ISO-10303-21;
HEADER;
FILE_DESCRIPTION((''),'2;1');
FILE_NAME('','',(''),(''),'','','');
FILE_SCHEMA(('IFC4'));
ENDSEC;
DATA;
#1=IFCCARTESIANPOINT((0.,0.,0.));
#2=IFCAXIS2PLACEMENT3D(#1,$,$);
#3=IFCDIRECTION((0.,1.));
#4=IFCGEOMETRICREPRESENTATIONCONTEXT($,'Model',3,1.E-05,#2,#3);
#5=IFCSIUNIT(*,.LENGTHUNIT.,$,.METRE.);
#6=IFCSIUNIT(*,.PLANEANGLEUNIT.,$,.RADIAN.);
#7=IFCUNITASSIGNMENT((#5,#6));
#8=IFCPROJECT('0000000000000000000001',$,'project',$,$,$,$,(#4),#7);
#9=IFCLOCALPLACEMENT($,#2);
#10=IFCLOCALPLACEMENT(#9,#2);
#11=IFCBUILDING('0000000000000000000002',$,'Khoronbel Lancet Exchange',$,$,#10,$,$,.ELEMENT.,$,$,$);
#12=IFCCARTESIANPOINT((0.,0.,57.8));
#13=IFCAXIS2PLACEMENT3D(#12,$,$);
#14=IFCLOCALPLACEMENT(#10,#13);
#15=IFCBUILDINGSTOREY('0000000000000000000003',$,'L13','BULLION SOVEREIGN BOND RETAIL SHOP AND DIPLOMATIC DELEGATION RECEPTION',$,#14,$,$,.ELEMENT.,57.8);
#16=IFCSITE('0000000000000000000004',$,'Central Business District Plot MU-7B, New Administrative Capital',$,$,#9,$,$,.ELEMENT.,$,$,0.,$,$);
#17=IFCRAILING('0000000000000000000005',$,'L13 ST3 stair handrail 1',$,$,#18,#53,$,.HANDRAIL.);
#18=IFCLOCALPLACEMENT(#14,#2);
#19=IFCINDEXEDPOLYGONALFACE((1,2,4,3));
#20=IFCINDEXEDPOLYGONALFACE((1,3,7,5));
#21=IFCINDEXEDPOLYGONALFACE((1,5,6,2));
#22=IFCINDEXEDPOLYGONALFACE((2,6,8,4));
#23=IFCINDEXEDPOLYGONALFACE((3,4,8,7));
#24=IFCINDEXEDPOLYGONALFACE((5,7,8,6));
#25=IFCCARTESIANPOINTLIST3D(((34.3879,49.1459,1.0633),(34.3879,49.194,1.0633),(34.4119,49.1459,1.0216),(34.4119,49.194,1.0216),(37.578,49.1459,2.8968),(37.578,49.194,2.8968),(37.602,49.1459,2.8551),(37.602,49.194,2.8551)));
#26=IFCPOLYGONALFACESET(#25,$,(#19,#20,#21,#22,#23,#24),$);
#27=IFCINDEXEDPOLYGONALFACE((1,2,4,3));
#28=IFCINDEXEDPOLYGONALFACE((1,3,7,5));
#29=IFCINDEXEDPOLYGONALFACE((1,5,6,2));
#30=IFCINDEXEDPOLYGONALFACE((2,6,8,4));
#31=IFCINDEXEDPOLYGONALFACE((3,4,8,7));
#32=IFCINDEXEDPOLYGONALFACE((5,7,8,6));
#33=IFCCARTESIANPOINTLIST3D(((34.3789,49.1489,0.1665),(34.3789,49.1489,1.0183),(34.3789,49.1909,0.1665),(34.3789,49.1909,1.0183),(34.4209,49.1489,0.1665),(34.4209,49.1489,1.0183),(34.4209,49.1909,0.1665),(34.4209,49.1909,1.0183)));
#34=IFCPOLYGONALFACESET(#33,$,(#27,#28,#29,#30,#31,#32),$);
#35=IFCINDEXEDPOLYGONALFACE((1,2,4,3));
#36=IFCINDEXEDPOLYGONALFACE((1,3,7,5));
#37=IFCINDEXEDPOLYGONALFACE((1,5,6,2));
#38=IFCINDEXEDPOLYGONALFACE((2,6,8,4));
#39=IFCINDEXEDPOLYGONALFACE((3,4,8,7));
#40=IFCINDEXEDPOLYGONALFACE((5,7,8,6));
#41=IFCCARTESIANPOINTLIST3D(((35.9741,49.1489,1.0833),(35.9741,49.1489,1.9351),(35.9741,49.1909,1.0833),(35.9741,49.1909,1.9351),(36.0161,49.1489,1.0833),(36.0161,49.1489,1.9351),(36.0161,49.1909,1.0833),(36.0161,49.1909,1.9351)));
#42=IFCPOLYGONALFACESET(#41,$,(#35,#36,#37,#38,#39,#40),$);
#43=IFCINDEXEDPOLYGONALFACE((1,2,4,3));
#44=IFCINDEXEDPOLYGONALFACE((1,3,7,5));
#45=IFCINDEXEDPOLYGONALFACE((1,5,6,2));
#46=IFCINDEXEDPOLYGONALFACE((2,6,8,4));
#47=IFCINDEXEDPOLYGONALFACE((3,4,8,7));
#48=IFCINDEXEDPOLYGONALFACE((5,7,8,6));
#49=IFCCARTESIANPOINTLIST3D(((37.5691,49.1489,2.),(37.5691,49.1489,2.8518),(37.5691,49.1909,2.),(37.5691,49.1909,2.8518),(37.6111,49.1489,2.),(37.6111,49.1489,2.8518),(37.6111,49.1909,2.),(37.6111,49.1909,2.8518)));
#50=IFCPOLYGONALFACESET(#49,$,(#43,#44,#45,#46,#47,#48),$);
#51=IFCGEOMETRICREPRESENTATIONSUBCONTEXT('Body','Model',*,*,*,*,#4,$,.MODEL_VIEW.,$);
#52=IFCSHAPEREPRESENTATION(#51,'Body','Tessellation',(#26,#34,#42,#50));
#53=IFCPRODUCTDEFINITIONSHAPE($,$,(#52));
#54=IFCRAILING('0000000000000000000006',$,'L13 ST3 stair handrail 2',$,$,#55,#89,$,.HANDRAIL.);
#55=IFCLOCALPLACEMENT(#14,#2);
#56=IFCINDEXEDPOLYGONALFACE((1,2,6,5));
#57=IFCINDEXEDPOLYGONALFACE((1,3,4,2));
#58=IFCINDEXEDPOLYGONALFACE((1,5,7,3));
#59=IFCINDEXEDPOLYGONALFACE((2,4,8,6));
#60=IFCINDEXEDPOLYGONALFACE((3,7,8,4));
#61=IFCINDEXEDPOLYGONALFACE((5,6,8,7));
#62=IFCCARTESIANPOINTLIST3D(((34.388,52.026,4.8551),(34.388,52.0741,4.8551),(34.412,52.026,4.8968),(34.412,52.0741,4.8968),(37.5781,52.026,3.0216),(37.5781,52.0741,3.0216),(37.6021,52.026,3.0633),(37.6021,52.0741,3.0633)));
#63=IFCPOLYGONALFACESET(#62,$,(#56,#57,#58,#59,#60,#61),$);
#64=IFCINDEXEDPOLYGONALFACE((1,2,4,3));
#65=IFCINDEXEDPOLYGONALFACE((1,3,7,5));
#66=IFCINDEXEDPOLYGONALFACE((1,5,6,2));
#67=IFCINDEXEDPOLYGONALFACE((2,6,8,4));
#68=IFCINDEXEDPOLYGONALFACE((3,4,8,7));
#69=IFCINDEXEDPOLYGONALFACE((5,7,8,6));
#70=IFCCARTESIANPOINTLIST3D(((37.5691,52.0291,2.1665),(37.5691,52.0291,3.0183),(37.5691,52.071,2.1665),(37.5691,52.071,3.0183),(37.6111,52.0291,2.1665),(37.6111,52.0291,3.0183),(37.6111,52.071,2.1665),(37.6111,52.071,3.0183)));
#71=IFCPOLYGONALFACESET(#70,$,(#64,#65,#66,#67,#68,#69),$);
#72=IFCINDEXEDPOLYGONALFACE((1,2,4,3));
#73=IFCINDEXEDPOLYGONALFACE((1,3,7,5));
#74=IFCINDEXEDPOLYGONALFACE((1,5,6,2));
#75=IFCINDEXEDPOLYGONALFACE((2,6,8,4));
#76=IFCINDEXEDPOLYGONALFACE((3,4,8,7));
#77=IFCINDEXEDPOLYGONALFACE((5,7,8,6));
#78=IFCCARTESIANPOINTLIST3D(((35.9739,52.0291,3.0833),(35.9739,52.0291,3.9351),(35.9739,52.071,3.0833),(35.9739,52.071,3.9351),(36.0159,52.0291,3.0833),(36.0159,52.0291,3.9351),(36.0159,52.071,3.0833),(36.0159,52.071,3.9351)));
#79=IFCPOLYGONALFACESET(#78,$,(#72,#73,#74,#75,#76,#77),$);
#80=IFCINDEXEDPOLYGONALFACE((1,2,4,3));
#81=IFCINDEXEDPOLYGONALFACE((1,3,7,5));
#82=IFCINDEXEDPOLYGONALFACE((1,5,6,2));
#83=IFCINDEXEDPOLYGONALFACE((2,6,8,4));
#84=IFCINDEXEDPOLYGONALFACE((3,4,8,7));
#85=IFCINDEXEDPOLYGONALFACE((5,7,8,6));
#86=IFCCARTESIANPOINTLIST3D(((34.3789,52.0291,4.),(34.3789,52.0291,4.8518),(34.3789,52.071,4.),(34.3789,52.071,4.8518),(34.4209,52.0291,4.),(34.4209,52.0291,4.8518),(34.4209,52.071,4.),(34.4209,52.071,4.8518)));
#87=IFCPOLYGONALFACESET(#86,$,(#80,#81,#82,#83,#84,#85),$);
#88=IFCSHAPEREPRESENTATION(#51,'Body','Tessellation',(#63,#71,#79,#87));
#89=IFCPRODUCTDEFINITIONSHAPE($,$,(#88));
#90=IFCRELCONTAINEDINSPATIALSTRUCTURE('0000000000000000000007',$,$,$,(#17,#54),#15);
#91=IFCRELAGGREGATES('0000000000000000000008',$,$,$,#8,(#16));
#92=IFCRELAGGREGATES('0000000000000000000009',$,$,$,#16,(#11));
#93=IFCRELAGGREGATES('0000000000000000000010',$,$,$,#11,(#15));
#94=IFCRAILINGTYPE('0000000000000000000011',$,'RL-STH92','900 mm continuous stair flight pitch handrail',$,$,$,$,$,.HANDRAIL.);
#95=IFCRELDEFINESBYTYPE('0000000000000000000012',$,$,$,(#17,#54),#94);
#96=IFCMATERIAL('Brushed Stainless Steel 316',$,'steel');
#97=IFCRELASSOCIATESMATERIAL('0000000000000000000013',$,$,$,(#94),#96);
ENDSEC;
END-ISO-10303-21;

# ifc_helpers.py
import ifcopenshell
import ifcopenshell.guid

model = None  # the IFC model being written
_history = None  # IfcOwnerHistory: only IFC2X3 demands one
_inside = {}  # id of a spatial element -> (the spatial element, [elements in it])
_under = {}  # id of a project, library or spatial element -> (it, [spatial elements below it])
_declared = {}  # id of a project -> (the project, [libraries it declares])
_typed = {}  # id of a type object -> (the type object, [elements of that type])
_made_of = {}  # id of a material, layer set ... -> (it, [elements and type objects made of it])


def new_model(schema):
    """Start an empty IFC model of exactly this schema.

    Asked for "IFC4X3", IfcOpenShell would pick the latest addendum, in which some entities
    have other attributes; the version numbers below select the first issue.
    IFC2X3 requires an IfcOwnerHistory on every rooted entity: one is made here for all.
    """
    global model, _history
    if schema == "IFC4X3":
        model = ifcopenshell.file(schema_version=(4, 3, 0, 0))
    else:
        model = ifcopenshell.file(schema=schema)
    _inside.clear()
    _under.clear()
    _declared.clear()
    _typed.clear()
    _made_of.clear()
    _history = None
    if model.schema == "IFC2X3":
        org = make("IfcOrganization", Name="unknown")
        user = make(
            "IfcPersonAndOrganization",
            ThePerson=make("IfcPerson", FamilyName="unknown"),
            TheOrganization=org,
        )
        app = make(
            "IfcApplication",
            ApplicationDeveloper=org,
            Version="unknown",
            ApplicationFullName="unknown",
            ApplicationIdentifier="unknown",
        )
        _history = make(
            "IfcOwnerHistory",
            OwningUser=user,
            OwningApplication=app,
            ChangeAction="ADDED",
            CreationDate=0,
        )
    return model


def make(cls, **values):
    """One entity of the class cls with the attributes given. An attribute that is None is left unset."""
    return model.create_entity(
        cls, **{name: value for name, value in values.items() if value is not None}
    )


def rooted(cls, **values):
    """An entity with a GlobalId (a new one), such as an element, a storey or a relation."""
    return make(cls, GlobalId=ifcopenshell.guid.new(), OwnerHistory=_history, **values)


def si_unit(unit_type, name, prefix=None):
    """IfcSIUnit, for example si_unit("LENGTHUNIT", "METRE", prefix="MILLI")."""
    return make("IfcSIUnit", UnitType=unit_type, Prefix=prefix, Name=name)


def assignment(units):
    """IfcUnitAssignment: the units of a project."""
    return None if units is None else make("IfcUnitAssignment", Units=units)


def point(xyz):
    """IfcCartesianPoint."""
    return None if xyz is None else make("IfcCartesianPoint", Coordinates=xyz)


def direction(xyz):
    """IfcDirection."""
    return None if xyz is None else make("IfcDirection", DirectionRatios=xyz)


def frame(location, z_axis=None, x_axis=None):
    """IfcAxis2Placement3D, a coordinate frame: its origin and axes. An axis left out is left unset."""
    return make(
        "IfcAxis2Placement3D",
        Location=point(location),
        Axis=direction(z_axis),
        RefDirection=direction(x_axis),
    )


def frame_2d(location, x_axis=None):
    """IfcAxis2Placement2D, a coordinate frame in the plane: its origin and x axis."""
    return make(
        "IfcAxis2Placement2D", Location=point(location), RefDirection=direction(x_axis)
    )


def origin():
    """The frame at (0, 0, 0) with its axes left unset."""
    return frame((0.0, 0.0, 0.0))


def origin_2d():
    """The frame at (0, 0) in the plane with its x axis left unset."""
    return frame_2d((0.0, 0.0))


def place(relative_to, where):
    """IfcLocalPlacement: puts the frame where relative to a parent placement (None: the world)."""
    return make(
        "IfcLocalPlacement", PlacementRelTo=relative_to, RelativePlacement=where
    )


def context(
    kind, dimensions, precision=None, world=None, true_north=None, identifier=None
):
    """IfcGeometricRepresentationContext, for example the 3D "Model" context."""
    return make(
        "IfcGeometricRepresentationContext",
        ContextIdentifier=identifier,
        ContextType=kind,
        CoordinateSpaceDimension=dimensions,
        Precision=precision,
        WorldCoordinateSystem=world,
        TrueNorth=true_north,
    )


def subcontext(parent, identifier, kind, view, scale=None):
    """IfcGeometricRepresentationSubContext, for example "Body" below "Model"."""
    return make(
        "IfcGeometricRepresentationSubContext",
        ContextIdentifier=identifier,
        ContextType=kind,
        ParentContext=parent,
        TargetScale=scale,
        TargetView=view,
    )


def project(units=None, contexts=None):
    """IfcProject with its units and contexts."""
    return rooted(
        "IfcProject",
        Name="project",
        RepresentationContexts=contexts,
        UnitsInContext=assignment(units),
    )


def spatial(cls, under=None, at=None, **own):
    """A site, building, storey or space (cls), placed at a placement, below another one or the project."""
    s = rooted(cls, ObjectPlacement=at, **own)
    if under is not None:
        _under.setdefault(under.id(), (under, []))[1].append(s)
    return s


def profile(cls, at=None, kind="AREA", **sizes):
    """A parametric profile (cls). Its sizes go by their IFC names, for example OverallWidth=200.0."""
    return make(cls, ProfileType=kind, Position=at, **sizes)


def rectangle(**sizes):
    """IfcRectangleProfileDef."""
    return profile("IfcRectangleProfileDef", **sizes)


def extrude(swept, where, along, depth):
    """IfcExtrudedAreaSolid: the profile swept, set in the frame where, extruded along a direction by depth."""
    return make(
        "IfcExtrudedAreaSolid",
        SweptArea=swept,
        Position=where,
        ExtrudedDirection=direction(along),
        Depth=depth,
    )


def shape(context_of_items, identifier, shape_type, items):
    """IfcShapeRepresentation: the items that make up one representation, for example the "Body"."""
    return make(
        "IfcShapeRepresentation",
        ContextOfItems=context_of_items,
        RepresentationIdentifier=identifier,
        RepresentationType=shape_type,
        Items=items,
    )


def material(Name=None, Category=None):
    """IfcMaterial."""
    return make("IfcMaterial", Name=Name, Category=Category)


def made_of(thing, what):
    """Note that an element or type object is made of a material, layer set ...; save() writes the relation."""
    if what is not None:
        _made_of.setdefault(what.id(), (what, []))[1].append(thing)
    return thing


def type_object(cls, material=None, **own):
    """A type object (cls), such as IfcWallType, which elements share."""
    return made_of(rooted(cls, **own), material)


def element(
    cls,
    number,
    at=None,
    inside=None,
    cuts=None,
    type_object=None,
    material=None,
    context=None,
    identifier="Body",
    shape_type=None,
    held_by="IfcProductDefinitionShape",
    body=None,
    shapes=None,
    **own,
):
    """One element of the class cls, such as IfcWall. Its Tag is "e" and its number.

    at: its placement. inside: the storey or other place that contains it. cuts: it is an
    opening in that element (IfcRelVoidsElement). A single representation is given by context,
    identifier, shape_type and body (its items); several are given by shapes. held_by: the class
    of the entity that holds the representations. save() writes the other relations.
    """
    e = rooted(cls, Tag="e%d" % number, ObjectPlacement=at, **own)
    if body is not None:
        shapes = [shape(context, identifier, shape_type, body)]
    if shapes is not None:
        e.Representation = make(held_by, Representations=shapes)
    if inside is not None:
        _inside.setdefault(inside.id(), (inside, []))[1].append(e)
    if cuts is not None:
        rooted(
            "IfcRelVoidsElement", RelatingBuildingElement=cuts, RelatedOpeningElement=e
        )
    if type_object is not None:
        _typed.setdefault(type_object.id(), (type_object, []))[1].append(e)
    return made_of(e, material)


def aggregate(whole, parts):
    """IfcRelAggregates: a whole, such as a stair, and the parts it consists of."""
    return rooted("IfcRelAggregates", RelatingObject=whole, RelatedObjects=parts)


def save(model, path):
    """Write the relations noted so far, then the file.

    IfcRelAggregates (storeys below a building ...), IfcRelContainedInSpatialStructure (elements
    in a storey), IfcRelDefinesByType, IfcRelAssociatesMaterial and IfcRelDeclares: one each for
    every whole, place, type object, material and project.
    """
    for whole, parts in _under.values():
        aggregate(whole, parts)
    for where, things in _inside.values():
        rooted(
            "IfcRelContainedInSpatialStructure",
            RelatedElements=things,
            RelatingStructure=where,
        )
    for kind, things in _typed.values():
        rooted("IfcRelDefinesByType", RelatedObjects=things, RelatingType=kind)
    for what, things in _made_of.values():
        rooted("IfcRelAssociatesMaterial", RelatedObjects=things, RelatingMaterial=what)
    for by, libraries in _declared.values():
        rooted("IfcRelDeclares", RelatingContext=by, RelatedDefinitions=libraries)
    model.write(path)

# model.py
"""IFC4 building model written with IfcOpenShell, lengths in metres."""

from ifc_helpers import new_model, si_unit, direction, frame, origin, origin_2d, place, context, subcontext, project, spatial, rectangle, extrude, material, type_object, element, save


model = new_model("IFC4")

# Units and contexts
model_context = context("Model", 3, precision=1e-05, world=origin(), true_north=direction((0.0, 1.0)))
body_context = subcontext(model_context, "Body", "Model", "MODEL_VIEW")
ifc_project = project(units=[si_unit("LENGTHUNIT", "METRE"), si_unit("PLANEANGLEUNIT", "RADIAN")], contexts=[model_context])

# Site, building, storey
site_placement = place(None, origin())
site = spatial("IfcSite", under=ifc_project, at=site_placement, Name="Central Business District Plot MU-7B, New Administrative Capital", CompositionType="ELEMENT", RefElevation=0.0)
building_placement = place(site_placement, origin())
building = spatial("IfcBuilding", under=site, at=building_placement, Name="Khoronbel Lancet Exchange", CompositionType="ELEMENT")
storey_placement = place(building_placement, frame((0.0, 0.0, 57.8)))
storey = spatial("IfcBuildingStorey", under=building, at=storey_placement, Name="L13", Description="BULLION SOVEREIGN BOND RETAIL SHOP AND DIPLOMATIC DELEGATION RECEPTION", CompositionType="ELEMENT", Elevation=57.8)

# Railings
ifc_material_1 = material(Name="Brushed Stainless Steel 316", Category="steel")
railing_type_1 = type_object("IfcRailingType", Name="RL-STH92", Description="900 mm continuous stair flight pitch handrail", PredefinedType="HANDRAIL", material=ifc_material_1)
railing_1_placement = place(storey_placement, frame((34.3999, 49.1699, 0.1665)))
element("IfcRailing", 1, at=railing_1_placement, inside=storey, type_object=railing_type_1, Name="L13 ST3 stair handrail 1", PredefinedType="HANDRAIL", context=body_context, shape_type="SweptSolid", body=[
    extrude(rectangle(XDim=0.0481, YDim=0.0481, at=origin_2d()), frame((0.0, 0.0, 0.876), z_axis=(0.867007, 0.0, 0.498295), x_axis=(0.0, 1.0, 0.0)), (0.0, 0.0, 1.0), 3.6794),
    extrude(rectangle(XDim=0.042, YDim=0.042, at=origin_2d()), origin(), (0.0, 0.0, 1.0), 0.8518),
    extrude(rectangle(XDim=0.042, YDim=0.042, at=origin_2d()), frame((1.5952, 0.0, 0.9167)), (0.0, 0.0, 1.0), 0.8518),
    extrude(rectangle(XDim=0.042, YDim=0.042, at=origin_2d()), frame((3.1902, 0.0, 1.8335)), (0.0, 0.0, 1.0), 0.8518),
])
railing_2_placement = place(storey_placement, frame((37.5901, 52.05, 2.1665)))
element("IfcRailing", 2, at=railing_2_placement, inside=storey, type_object=railing_type_1, Name="L13 ST3 stair handrail 2", PredefinedType="HANDRAIL", context=body_context, shape_type="SweptSolid", body=[
    extrude(rectangle(XDim=0.0481, YDim=0.0481, at=origin_2d()), frame((0.0, 0.0, 0.876), z_axis=(-0.867007, 0.0, 0.498295), x_axis=(0.0, -1.0, 0.0)), (0.0, 0.0, 1.0), 3.6794),
    extrude(rectangle(XDim=0.042, YDim=0.042, at=origin_2d()), origin(), (0.0, 0.0, 1.0), 0.8518),
    extrude(rectangle(XDim=0.042, YDim=0.042, at=origin_2d()), frame((-1.5952, 0.0, 0.9167)), (0.0, 0.0, 1.0), 0.8518),
    extrude(rectangle(XDim=0.042, YDim=0.042, at=origin_2d()), frame((-3.1902, 0.0, 1.8335)), (0.0, 0.0, 1.0), 0.8518),
])

save(model, "model.ifc")
